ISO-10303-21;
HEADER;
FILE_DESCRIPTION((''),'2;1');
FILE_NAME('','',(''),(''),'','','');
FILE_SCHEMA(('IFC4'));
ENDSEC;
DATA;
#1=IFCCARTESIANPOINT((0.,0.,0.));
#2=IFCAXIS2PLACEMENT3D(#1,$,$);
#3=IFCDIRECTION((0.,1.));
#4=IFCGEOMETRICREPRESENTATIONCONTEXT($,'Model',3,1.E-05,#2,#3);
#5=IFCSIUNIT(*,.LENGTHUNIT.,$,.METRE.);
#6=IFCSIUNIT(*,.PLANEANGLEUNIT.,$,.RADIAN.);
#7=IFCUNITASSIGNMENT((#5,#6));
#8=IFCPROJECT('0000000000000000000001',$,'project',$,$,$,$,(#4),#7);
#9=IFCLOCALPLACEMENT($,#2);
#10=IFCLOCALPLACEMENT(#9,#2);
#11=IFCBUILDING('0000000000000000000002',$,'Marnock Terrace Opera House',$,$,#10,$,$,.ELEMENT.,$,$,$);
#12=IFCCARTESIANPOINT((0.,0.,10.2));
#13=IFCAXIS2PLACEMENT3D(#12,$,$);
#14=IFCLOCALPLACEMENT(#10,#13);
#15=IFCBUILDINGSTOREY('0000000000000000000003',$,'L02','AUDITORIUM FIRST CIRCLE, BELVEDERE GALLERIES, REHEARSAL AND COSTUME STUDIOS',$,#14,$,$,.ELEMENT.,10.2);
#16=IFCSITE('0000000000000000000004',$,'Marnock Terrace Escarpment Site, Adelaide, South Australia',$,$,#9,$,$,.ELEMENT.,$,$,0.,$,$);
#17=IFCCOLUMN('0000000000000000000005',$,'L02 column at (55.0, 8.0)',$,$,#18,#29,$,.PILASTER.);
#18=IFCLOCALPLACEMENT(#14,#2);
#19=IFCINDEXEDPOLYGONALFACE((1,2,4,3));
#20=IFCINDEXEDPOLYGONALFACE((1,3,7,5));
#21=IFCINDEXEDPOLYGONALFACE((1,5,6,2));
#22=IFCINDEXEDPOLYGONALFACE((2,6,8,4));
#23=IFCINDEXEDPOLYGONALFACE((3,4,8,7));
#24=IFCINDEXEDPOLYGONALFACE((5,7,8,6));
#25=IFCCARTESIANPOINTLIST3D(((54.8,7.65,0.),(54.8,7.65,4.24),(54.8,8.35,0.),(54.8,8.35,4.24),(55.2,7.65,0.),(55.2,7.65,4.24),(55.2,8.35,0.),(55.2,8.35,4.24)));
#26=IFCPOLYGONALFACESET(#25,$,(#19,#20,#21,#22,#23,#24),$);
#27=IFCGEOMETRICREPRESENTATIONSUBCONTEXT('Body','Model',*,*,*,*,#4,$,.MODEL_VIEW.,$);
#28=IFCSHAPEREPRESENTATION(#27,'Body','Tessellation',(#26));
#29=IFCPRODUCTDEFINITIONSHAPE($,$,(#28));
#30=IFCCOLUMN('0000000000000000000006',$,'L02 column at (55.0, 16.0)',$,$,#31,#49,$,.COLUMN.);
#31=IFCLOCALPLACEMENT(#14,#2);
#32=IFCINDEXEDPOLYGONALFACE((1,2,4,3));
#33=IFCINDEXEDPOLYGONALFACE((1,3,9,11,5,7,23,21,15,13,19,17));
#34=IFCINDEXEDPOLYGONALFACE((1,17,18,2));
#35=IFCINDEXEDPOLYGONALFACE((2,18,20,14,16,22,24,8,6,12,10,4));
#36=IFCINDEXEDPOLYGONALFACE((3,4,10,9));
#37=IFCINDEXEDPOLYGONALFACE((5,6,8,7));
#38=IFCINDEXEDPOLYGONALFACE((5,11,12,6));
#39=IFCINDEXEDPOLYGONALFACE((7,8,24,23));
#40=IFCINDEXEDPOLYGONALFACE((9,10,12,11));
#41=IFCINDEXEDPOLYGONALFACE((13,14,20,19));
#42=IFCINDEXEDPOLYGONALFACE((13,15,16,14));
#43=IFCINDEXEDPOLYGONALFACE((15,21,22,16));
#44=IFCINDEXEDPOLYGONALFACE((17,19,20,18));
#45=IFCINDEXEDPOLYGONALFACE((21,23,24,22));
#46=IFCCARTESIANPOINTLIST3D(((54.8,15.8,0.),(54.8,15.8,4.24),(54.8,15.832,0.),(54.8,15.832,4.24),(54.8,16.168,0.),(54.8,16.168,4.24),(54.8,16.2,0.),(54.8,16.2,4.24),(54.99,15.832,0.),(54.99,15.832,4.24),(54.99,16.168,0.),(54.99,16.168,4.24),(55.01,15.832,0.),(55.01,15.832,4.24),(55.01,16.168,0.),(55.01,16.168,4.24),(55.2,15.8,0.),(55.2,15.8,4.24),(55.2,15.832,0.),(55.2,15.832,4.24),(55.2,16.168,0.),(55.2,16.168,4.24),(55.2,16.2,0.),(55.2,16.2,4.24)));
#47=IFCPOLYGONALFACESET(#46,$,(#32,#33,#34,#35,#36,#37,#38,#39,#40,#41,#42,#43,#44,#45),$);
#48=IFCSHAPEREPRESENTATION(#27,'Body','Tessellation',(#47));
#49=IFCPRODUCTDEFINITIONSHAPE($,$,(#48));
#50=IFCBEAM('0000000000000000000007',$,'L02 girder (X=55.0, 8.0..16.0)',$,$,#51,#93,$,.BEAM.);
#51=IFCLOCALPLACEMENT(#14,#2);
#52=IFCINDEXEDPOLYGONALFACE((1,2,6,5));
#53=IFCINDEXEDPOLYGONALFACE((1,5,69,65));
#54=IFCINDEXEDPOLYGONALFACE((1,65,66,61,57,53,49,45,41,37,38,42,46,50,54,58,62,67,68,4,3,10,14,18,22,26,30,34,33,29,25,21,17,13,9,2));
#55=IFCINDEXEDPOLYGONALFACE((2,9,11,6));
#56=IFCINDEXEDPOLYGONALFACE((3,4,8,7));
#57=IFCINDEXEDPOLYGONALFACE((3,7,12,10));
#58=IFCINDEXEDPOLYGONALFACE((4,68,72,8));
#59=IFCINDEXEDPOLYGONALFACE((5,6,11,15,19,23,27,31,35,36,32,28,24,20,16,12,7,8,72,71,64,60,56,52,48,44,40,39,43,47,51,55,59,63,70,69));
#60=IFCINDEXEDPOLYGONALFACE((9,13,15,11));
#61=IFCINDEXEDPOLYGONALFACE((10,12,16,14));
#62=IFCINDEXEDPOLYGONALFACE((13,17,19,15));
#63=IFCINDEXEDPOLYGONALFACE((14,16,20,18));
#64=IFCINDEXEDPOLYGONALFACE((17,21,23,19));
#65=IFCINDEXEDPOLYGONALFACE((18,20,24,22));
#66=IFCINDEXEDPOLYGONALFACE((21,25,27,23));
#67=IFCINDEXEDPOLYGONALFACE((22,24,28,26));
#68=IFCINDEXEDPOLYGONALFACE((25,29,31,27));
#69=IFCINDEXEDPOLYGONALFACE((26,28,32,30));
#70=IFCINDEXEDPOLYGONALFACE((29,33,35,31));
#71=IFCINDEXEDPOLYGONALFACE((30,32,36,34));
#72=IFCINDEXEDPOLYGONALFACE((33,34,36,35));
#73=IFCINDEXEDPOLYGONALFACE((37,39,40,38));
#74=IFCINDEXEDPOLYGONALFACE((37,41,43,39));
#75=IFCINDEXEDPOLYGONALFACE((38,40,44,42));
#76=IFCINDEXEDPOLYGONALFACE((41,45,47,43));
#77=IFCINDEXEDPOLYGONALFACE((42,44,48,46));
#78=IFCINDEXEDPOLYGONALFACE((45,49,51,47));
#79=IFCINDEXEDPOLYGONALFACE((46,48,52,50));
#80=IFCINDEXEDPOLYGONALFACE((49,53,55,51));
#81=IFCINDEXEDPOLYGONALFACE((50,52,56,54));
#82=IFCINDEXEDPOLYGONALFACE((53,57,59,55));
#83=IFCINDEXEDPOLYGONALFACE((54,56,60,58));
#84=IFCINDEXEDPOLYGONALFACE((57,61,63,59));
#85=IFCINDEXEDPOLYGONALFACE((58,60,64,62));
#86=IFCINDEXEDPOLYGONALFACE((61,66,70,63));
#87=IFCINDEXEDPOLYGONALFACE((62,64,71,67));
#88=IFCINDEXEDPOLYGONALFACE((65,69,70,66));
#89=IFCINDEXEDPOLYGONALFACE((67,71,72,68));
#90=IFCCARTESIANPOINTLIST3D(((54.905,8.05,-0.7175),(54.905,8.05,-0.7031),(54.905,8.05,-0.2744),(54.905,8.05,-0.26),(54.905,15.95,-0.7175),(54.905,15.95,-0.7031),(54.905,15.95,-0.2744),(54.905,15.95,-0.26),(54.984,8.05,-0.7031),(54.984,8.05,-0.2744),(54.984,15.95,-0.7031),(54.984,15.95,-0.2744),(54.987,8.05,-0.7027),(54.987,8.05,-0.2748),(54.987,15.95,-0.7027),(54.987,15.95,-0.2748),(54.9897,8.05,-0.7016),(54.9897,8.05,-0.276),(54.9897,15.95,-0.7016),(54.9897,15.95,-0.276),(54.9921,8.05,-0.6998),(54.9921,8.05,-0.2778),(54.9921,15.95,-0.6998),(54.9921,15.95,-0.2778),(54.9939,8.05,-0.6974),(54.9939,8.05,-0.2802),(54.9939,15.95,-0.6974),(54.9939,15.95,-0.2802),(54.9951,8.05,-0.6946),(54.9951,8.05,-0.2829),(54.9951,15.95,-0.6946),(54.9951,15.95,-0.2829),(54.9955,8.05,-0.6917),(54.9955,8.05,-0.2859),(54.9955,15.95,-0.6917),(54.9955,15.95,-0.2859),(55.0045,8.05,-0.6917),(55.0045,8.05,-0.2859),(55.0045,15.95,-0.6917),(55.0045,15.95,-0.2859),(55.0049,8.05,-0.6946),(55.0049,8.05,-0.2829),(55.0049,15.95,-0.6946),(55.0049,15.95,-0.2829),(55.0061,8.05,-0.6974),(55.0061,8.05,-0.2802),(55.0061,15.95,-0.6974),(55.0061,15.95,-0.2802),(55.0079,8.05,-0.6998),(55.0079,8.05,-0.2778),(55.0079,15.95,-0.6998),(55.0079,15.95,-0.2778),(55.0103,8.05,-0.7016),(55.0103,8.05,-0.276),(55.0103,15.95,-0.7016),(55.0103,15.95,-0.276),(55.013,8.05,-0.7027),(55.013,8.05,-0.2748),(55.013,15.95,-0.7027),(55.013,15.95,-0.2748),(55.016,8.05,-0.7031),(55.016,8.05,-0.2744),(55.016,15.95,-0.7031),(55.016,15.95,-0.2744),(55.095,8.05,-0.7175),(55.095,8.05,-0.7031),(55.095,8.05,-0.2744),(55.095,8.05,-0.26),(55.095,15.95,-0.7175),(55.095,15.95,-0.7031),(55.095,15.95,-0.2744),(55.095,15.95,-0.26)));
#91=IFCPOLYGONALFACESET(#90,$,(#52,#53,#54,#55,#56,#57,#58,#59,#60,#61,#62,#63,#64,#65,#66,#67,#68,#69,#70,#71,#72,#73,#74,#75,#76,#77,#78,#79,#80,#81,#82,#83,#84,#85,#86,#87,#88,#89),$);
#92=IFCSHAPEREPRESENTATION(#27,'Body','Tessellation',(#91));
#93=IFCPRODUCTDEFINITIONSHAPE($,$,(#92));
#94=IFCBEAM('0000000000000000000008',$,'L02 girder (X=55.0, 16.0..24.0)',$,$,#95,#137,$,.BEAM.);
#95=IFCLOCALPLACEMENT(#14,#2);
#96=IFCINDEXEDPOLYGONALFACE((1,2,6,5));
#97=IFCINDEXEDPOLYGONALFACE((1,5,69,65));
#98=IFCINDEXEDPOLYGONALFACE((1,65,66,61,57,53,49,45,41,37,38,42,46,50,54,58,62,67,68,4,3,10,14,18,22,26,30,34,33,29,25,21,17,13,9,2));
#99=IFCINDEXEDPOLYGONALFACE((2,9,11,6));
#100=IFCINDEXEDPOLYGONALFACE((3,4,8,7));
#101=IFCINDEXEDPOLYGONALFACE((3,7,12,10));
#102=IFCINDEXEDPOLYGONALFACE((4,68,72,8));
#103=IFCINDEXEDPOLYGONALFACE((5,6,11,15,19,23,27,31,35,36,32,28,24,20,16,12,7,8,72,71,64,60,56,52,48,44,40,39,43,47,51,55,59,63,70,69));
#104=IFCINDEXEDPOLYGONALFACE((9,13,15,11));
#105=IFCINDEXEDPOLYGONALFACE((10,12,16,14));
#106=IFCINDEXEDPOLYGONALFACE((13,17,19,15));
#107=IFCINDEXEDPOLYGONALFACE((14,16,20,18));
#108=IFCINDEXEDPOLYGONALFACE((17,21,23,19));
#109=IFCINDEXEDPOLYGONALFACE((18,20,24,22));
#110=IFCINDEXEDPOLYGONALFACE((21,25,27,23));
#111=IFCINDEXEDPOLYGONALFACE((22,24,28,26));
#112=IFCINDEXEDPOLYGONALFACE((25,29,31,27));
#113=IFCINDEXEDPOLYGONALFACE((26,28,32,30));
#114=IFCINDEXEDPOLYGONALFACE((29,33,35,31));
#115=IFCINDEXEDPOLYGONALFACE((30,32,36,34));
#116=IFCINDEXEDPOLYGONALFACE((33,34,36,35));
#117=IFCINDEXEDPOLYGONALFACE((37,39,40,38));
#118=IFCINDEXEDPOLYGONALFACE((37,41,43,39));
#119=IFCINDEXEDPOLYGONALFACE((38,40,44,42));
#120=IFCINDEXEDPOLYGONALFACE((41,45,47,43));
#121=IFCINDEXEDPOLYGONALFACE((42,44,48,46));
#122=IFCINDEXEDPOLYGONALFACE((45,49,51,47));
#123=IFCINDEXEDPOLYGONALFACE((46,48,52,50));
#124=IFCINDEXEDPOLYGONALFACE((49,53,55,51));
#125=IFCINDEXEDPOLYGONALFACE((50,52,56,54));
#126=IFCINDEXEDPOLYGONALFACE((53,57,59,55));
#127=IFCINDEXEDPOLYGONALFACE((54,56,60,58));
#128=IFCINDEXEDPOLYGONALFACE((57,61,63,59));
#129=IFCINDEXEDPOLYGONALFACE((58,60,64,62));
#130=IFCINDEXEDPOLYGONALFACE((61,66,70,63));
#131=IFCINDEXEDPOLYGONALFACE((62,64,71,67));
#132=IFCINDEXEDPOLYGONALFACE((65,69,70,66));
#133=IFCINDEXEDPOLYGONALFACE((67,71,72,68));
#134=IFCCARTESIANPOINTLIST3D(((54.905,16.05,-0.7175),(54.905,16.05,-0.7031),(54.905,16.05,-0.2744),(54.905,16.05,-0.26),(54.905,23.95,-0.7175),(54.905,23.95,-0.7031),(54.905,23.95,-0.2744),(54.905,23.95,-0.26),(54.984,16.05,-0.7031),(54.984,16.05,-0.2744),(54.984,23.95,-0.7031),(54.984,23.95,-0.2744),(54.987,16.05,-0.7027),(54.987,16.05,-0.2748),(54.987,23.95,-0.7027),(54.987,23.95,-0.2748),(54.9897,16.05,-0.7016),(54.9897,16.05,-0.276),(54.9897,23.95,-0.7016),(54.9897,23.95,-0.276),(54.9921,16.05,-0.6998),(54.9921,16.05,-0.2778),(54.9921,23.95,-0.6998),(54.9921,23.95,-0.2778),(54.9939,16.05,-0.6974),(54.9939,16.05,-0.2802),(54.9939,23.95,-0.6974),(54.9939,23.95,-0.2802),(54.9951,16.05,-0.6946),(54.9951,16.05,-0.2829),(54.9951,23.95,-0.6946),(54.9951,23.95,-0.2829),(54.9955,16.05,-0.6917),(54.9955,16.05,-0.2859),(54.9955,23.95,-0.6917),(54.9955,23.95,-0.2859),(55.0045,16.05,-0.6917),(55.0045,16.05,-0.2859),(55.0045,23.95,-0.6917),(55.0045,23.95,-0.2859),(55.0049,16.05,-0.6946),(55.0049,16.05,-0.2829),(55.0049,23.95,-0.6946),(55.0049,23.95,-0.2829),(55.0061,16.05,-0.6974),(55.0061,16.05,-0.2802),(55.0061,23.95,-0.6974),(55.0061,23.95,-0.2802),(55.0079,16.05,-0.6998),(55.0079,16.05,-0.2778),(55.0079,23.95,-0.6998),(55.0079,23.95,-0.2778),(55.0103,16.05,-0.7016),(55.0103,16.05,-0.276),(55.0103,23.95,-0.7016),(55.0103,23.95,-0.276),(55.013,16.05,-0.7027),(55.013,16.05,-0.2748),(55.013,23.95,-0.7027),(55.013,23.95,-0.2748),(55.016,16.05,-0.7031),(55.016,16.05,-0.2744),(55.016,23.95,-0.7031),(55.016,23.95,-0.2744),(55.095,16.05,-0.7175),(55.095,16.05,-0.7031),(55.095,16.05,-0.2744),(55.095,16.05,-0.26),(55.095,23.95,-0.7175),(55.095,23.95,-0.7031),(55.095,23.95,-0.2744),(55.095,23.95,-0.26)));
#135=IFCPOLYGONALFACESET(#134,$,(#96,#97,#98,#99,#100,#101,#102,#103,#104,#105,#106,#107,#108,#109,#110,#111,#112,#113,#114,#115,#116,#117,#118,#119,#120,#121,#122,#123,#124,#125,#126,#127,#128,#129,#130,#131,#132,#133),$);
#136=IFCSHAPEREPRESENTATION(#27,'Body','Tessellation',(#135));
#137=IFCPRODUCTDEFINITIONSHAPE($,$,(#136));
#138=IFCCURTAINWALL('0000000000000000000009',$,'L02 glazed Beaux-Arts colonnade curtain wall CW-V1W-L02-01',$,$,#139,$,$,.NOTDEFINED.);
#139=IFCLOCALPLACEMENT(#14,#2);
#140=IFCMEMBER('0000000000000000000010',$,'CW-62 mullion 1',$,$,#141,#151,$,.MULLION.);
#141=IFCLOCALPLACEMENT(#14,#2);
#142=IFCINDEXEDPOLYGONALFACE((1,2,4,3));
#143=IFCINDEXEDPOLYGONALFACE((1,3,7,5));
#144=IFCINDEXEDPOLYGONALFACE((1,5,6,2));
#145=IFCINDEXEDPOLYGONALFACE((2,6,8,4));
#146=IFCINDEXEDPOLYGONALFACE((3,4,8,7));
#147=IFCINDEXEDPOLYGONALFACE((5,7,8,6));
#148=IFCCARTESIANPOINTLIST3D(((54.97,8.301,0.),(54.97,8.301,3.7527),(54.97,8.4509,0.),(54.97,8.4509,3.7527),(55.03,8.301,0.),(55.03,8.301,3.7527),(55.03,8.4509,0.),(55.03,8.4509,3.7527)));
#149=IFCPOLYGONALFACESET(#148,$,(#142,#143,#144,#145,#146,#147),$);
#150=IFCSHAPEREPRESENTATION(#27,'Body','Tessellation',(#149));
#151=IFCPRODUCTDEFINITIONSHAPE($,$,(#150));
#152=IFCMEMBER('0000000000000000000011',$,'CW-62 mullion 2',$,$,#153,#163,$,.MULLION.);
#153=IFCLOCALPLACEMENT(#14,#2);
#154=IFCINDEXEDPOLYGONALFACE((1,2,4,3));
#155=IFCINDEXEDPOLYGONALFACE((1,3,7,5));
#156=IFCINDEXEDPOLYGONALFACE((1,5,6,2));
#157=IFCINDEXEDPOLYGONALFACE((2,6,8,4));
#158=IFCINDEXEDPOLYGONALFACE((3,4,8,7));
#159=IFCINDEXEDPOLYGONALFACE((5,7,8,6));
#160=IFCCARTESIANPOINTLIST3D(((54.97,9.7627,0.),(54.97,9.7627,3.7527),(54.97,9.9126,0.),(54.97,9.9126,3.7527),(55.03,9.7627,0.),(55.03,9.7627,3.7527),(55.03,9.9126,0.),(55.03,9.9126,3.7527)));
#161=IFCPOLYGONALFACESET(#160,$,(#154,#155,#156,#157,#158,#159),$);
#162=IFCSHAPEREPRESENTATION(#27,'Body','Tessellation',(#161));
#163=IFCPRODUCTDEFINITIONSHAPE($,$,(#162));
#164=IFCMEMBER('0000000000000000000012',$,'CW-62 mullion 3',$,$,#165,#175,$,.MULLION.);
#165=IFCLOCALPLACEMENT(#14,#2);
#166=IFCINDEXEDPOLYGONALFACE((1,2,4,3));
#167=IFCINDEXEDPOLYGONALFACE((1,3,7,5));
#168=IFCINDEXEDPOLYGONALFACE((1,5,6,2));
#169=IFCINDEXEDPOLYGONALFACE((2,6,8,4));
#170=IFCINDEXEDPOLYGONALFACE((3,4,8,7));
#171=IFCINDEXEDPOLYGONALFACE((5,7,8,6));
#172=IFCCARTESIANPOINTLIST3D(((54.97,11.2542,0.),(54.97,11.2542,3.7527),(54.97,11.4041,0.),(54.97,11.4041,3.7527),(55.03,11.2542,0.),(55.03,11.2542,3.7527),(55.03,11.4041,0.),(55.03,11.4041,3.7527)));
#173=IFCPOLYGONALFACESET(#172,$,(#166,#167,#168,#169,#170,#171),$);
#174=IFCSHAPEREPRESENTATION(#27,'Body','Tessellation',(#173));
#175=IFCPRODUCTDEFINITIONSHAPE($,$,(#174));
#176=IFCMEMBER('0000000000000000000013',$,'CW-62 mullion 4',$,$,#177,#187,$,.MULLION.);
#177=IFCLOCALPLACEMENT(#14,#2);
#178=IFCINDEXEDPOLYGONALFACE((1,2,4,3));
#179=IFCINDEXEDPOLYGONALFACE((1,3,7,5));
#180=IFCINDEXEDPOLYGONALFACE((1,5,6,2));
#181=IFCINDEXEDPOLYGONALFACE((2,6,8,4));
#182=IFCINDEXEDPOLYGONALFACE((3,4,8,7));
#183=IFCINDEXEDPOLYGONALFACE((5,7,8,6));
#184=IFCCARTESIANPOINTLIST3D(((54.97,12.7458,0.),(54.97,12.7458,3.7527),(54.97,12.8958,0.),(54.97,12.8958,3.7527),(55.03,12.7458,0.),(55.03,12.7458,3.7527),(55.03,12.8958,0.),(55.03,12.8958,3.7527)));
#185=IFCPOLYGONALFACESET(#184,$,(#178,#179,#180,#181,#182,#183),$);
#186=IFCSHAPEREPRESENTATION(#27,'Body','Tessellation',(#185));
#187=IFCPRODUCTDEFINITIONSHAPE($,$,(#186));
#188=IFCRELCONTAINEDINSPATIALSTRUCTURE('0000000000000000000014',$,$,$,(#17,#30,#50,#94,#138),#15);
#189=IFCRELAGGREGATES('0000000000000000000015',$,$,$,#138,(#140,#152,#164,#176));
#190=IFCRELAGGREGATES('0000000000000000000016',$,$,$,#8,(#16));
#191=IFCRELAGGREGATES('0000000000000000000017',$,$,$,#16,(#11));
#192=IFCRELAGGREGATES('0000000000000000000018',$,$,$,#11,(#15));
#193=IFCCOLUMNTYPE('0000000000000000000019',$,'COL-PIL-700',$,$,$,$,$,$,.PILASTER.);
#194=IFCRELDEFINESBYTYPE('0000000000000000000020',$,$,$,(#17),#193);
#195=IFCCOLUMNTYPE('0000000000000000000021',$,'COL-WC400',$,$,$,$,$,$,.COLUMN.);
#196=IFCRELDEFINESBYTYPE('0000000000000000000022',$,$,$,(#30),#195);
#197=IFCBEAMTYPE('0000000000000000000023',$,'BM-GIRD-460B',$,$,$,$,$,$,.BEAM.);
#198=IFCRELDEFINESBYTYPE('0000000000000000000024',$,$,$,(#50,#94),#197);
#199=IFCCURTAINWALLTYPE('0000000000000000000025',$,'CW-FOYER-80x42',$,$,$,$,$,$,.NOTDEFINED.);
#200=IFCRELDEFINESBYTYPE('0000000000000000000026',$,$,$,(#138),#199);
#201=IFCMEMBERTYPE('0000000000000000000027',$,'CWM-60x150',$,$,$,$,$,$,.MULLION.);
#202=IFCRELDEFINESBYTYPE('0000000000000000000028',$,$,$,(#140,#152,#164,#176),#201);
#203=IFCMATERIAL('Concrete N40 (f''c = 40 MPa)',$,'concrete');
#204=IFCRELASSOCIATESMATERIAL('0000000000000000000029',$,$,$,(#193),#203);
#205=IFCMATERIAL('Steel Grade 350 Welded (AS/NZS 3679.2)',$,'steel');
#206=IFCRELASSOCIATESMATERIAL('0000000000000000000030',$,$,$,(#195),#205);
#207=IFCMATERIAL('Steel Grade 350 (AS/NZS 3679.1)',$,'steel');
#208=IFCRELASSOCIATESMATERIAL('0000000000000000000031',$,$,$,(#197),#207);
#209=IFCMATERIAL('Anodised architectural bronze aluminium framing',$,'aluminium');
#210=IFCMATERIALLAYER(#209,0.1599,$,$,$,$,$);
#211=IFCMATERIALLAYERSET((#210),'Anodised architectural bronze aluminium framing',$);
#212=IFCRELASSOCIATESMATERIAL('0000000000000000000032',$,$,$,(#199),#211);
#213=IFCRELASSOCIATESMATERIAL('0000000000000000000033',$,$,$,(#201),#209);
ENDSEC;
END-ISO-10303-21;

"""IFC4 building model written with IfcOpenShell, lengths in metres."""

from ifc_helpers import new_model, si_unit, direction, frame, origin, origin_2d, place, context, subcontext, project, spatial, rectangle, i_section, extrude, material, layer, layer_set, material_profile, profile_set, type_object, element, aggregate, save


model = new_model("IFC4")

# Units and contexts
model_context = context("Model", 3, precision=1e-05, world=origin(), true_north=direction((0.0, 1.0)))
body_context = subcontext(model_context, "Body", "Model", "MODEL_VIEW")
ifc_project = project(units=[si_unit("LENGTHUNIT", "METRE"), si_unit("PLANEANGLEUNIT", "RADIAN")], contexts=[model_context])

# Site, building, storey
site_placement = place(None, origin())
site = spatial("IfcSite", under=ifc_project, at=site_placement, Name="Marnock Terrace Escarpment Site, Adelaide, South Australia", CompositionType="ELEMENT", RefElevation=0.0)
building_placement = place(site_placement, origin())
building = spatial("IfcBuilding", under=site, at=building_placement, Name="Marnock Terrace Opera House", CompositionType="ELEMENT")
storey_placement = place(building_placement, frame((0.0, 0.0, 10.2)))
storey = spatial("IfcBuildingStorey", under=building, at=storey_placement, Name="L02", Description="AUDITORIUM FIRST CIRCLE, BELVEDERE GALLERIES, REHEARSAL AND COSTUME STUDIOS", CompositionType="ELEMENT", Elevation=10.2)

# Columns
ifc_material_1 = material(Name="Concrete N40 (f'c = 40 MPa)", Category="concrete")
ifc_material_profile_1 = material_profile(ifc_material_1, rectangle(XDim=0.3999, YDim=0.7, at=origin_2d()))
ifc_profile_set_1 = profile_set([ifc_material_profile_1], Name="Concrete N40 (f'c = 40 MPa)")
column_type_1 = type_object("IfcColumnType", Name="COL-PIL-700", PredefinedType="PILASTER", material=ifc_profile_set_1)
column_1_placement = place(storey_placement, frame((55.0, 8.0, 0.0), z_axis=(0.0, 0.0, 1.0), x_axis=(1.0, 0.0, 0.0)))
element("IfcColumn", 1, at=column_1_placement, inside=storey, type_object=column_type_1, Name="L02 column at (55.0, 8.0)", PredefinedType="PILASTER", context=body_context, shape_type="SweptSolid", body=[
    extrude(rectangle(XDim=0.3999, YDim=0.7, at=origin_2d()), origin(), (0.0, 0.0, 1.0), 4.24),
])
ifc_material_2 = material(Name="Steel Grade 350 Welded (AS/NZS 3679.2)", Category="steel")
ifc_material_profile_2 = material_profile(ifc_material_2, i_section(OverallWidth=0.3999, OverallDepth=0.3999, WebThickness=0.02, FlangeThickness=0.032, at=origin_2d()))
ifc_profile_set_2 = profile_set([ifc_material_profile_2], Name="Steel Grade 350 Welded (AS/NZS 3679.2)")
column_type_2 = type_object("IfcColumnType", Name="COL-WC400", PredefinedType="COLUMN", material=ifc_profile_set_2)
column_2_placement = place(storey_placement, frame((55.0, 16.0, 0.0), z_axis=(0.0, 0.0, 1.0), x_axis=(1.0, 0.0, 0.0)))
element("IfcColumn", 2, at=column_2_placement, inside=storey, type_object=column_type_2, Name="L02 column at (55.0, 16.0)", PredefinedType="COLUMN", context=body_context, shape_type="SweptSolid", body=[
    extrude(i_section(OverallWidth=0.3999, OverallDepth=0.3999, WebThickness=0.02, FlangeThickness=0.032, at=origin_2d()), origin(), (0.0, 0.0, 1.0), 4.24),
])

# Beams
ifc_material_3 = material(Name="Steel Grade 350 (AS/NZS 3679.1)", Category="steel")
ifc_material_profile_3 = material_profile(ifc_material_3, i_section(OverallWidth=0.1899, OverallDepth=0.4575, WebThickness=0.009, FlangeThickness=0.0144, FilletRadius=0.0115, at=origin_2d()))
ifc_profile_set_3 = profile_set([ifc_material_profile_3], Name="Steel Grade 350 (AS/NZS 3679.1)")
beam_type = type_object("IfcBeamType", Name="BM-GIRD-460B", PredefinedType="BEAM", material=ifc_profile_set_3)
for number, where, z_axis, x_axis, name in (
    (3, (55.0, 8.05, -0.4888), (0.0, 1.0, 0.0), (-1.0, 0.0, 0.0), "L02 girder (X=55.0, 8.0..16.0)"),
    (4, (55.0, 16.05, -0.4888), (0.0, 1.0, 0.0), (-1.0, 0.0, 0.0), "L02 girder (X=55.0, 16.0..24.0)"),
):
    element("IfcBeam", number, at=place(storey_placement, frame(where, z_axis=z_axis, x_axis=x_axis)), inside=storey, type_object=beam_type, Name=name, PredefinedType="BEAM", context=body_context, shape_type="SweptSolid", body=[
        extrude(i_section(OverallWidth=0.1899, OverallDepth=0.4575, WebThickness=0.009, FlangeThickness=0.0144, FilletRadius=0.0115, at=origin_2d()), origin(), (0.0, 0.0, 1.0), 7.8999),
    ])

# Curtain wall, members
ifc_material_4 = material(Name="Anodised architectural bronze aluminium framing", Category="aluminium")
ifc_layer_1 = layer(ifc_material_4, 0.1599)
ifc_layer_set_1 = layer_set([ifc_layer_1], Name="Anodised architectural bronze aluminium framing")
curtain_wall_type = type_object("IfcCurtainWallType", Name="CW-FOYER-80x42", PredefinedType="NOTDEFINED", material=ifc_layer_set_1)
curtain_wall_placement = place(storey_placement, origin())
curtain_wall = element("IfcCurtainWall", 5, at=curtain_wall_placement, inside=storey, type_object=curtain_wall_type, Name="L02 glazed Beaux-Arts colonnade curtain wall CW-V1W-L02-01", PredefinedType="NOTDEFINED")
ifc_material_profile_4 = material_profile(ifc_material_4, rectangle(XDim=0.0601, YDim=0.1499, at=origin_2d()))
ifc_profile_set_4 = profile_set([ifc_material_profile_4], Name="Anodised architectural bronze aluminium framing")
member_type_1 = type_object("IfcMemberType", Name="CWM-60x150", PredefinedType="MULLION", material=ifc_profile_set_4)
member_1_placement = place(storey_placement, frame((55.0, 8.376, 0.0), z_axis=(0.0, 0.0, 1.0), x_axis=(-1.0, 0.0, 0.0)))
member_1 = element("IfcMember", 6, at=member_1_placement, type_object=member_type_1, Name="CW-62 mullion 1", PredefinedType="MULLION", context=body_context, shape_type="SweptSolid", body=[
    extrude(rectangle(XDim=0.0601, YDim=0.1499, at=origin_2d()), origin(), (0.0, 0.0, 1.0), 3.7527),
])
member_2_placement = place(storey_placement, frame((55.0, 9.8376, 0.0), z_axis=(0.0, 0.0, 1.0), x_axis=(-1.0, 0.0, 0.0)))
member_2 = element("IfcMember", 7, at=member_2_placement, type_object=member_type_1, Name="CW-62 mullion 2", PredefinedType="MULLION", context=body_context, shape_type="SweptSolid", body=[
    extrude(rectangle(XDim=0.0601, YDim=0.1499, at=origin_2d()), origin(), (0.0, 0.0, 1.0), 3.7527),
])
member_3_placement = place(storey_placement, frame((55.0, 11.3291, 0.0), z_axis=(0.0, 0.0, 1.0), x_axis=(-1.0, 0.0, 0.0)))
member_3 = element("IfcMember", 8, at=member_3_placement, type_object=member_type_1, Name="CW-62 mullion 3", PredefinedType="MULLION", context=body_context, shape_type="SweptSolid", body=[
    extrude(rectangle(XDim=0.0601, YDim=0.1499, at=origin_2d()), origin(), (0.0, 0.0, 1.0), 3.7527),
])
member_4_placement = place(storey_placement, frame((55.0, 12.8208, 0.0), z_axis=(0.0, 0.0, 1.0), x_axis=(-1.0, 0.0, 0.0)))
member_4 = element("IfcMember", 9, at=member_4_placement, type_object=member_type_1, Name="CW-62 mullion 4", PredefinedType="MULLION", context=body_context, shape_type="SweptSolid", body=[
    extrude(rectangle(XDim=0.0601, YDim=0.1499, at=origin_2d()), origin(), (0.0, 0.0, 1.0), 3.7527),
])
aggregate(curtain_wall, [member_1, member_2, member_3, member_4])

save(model, "model.ifc")
